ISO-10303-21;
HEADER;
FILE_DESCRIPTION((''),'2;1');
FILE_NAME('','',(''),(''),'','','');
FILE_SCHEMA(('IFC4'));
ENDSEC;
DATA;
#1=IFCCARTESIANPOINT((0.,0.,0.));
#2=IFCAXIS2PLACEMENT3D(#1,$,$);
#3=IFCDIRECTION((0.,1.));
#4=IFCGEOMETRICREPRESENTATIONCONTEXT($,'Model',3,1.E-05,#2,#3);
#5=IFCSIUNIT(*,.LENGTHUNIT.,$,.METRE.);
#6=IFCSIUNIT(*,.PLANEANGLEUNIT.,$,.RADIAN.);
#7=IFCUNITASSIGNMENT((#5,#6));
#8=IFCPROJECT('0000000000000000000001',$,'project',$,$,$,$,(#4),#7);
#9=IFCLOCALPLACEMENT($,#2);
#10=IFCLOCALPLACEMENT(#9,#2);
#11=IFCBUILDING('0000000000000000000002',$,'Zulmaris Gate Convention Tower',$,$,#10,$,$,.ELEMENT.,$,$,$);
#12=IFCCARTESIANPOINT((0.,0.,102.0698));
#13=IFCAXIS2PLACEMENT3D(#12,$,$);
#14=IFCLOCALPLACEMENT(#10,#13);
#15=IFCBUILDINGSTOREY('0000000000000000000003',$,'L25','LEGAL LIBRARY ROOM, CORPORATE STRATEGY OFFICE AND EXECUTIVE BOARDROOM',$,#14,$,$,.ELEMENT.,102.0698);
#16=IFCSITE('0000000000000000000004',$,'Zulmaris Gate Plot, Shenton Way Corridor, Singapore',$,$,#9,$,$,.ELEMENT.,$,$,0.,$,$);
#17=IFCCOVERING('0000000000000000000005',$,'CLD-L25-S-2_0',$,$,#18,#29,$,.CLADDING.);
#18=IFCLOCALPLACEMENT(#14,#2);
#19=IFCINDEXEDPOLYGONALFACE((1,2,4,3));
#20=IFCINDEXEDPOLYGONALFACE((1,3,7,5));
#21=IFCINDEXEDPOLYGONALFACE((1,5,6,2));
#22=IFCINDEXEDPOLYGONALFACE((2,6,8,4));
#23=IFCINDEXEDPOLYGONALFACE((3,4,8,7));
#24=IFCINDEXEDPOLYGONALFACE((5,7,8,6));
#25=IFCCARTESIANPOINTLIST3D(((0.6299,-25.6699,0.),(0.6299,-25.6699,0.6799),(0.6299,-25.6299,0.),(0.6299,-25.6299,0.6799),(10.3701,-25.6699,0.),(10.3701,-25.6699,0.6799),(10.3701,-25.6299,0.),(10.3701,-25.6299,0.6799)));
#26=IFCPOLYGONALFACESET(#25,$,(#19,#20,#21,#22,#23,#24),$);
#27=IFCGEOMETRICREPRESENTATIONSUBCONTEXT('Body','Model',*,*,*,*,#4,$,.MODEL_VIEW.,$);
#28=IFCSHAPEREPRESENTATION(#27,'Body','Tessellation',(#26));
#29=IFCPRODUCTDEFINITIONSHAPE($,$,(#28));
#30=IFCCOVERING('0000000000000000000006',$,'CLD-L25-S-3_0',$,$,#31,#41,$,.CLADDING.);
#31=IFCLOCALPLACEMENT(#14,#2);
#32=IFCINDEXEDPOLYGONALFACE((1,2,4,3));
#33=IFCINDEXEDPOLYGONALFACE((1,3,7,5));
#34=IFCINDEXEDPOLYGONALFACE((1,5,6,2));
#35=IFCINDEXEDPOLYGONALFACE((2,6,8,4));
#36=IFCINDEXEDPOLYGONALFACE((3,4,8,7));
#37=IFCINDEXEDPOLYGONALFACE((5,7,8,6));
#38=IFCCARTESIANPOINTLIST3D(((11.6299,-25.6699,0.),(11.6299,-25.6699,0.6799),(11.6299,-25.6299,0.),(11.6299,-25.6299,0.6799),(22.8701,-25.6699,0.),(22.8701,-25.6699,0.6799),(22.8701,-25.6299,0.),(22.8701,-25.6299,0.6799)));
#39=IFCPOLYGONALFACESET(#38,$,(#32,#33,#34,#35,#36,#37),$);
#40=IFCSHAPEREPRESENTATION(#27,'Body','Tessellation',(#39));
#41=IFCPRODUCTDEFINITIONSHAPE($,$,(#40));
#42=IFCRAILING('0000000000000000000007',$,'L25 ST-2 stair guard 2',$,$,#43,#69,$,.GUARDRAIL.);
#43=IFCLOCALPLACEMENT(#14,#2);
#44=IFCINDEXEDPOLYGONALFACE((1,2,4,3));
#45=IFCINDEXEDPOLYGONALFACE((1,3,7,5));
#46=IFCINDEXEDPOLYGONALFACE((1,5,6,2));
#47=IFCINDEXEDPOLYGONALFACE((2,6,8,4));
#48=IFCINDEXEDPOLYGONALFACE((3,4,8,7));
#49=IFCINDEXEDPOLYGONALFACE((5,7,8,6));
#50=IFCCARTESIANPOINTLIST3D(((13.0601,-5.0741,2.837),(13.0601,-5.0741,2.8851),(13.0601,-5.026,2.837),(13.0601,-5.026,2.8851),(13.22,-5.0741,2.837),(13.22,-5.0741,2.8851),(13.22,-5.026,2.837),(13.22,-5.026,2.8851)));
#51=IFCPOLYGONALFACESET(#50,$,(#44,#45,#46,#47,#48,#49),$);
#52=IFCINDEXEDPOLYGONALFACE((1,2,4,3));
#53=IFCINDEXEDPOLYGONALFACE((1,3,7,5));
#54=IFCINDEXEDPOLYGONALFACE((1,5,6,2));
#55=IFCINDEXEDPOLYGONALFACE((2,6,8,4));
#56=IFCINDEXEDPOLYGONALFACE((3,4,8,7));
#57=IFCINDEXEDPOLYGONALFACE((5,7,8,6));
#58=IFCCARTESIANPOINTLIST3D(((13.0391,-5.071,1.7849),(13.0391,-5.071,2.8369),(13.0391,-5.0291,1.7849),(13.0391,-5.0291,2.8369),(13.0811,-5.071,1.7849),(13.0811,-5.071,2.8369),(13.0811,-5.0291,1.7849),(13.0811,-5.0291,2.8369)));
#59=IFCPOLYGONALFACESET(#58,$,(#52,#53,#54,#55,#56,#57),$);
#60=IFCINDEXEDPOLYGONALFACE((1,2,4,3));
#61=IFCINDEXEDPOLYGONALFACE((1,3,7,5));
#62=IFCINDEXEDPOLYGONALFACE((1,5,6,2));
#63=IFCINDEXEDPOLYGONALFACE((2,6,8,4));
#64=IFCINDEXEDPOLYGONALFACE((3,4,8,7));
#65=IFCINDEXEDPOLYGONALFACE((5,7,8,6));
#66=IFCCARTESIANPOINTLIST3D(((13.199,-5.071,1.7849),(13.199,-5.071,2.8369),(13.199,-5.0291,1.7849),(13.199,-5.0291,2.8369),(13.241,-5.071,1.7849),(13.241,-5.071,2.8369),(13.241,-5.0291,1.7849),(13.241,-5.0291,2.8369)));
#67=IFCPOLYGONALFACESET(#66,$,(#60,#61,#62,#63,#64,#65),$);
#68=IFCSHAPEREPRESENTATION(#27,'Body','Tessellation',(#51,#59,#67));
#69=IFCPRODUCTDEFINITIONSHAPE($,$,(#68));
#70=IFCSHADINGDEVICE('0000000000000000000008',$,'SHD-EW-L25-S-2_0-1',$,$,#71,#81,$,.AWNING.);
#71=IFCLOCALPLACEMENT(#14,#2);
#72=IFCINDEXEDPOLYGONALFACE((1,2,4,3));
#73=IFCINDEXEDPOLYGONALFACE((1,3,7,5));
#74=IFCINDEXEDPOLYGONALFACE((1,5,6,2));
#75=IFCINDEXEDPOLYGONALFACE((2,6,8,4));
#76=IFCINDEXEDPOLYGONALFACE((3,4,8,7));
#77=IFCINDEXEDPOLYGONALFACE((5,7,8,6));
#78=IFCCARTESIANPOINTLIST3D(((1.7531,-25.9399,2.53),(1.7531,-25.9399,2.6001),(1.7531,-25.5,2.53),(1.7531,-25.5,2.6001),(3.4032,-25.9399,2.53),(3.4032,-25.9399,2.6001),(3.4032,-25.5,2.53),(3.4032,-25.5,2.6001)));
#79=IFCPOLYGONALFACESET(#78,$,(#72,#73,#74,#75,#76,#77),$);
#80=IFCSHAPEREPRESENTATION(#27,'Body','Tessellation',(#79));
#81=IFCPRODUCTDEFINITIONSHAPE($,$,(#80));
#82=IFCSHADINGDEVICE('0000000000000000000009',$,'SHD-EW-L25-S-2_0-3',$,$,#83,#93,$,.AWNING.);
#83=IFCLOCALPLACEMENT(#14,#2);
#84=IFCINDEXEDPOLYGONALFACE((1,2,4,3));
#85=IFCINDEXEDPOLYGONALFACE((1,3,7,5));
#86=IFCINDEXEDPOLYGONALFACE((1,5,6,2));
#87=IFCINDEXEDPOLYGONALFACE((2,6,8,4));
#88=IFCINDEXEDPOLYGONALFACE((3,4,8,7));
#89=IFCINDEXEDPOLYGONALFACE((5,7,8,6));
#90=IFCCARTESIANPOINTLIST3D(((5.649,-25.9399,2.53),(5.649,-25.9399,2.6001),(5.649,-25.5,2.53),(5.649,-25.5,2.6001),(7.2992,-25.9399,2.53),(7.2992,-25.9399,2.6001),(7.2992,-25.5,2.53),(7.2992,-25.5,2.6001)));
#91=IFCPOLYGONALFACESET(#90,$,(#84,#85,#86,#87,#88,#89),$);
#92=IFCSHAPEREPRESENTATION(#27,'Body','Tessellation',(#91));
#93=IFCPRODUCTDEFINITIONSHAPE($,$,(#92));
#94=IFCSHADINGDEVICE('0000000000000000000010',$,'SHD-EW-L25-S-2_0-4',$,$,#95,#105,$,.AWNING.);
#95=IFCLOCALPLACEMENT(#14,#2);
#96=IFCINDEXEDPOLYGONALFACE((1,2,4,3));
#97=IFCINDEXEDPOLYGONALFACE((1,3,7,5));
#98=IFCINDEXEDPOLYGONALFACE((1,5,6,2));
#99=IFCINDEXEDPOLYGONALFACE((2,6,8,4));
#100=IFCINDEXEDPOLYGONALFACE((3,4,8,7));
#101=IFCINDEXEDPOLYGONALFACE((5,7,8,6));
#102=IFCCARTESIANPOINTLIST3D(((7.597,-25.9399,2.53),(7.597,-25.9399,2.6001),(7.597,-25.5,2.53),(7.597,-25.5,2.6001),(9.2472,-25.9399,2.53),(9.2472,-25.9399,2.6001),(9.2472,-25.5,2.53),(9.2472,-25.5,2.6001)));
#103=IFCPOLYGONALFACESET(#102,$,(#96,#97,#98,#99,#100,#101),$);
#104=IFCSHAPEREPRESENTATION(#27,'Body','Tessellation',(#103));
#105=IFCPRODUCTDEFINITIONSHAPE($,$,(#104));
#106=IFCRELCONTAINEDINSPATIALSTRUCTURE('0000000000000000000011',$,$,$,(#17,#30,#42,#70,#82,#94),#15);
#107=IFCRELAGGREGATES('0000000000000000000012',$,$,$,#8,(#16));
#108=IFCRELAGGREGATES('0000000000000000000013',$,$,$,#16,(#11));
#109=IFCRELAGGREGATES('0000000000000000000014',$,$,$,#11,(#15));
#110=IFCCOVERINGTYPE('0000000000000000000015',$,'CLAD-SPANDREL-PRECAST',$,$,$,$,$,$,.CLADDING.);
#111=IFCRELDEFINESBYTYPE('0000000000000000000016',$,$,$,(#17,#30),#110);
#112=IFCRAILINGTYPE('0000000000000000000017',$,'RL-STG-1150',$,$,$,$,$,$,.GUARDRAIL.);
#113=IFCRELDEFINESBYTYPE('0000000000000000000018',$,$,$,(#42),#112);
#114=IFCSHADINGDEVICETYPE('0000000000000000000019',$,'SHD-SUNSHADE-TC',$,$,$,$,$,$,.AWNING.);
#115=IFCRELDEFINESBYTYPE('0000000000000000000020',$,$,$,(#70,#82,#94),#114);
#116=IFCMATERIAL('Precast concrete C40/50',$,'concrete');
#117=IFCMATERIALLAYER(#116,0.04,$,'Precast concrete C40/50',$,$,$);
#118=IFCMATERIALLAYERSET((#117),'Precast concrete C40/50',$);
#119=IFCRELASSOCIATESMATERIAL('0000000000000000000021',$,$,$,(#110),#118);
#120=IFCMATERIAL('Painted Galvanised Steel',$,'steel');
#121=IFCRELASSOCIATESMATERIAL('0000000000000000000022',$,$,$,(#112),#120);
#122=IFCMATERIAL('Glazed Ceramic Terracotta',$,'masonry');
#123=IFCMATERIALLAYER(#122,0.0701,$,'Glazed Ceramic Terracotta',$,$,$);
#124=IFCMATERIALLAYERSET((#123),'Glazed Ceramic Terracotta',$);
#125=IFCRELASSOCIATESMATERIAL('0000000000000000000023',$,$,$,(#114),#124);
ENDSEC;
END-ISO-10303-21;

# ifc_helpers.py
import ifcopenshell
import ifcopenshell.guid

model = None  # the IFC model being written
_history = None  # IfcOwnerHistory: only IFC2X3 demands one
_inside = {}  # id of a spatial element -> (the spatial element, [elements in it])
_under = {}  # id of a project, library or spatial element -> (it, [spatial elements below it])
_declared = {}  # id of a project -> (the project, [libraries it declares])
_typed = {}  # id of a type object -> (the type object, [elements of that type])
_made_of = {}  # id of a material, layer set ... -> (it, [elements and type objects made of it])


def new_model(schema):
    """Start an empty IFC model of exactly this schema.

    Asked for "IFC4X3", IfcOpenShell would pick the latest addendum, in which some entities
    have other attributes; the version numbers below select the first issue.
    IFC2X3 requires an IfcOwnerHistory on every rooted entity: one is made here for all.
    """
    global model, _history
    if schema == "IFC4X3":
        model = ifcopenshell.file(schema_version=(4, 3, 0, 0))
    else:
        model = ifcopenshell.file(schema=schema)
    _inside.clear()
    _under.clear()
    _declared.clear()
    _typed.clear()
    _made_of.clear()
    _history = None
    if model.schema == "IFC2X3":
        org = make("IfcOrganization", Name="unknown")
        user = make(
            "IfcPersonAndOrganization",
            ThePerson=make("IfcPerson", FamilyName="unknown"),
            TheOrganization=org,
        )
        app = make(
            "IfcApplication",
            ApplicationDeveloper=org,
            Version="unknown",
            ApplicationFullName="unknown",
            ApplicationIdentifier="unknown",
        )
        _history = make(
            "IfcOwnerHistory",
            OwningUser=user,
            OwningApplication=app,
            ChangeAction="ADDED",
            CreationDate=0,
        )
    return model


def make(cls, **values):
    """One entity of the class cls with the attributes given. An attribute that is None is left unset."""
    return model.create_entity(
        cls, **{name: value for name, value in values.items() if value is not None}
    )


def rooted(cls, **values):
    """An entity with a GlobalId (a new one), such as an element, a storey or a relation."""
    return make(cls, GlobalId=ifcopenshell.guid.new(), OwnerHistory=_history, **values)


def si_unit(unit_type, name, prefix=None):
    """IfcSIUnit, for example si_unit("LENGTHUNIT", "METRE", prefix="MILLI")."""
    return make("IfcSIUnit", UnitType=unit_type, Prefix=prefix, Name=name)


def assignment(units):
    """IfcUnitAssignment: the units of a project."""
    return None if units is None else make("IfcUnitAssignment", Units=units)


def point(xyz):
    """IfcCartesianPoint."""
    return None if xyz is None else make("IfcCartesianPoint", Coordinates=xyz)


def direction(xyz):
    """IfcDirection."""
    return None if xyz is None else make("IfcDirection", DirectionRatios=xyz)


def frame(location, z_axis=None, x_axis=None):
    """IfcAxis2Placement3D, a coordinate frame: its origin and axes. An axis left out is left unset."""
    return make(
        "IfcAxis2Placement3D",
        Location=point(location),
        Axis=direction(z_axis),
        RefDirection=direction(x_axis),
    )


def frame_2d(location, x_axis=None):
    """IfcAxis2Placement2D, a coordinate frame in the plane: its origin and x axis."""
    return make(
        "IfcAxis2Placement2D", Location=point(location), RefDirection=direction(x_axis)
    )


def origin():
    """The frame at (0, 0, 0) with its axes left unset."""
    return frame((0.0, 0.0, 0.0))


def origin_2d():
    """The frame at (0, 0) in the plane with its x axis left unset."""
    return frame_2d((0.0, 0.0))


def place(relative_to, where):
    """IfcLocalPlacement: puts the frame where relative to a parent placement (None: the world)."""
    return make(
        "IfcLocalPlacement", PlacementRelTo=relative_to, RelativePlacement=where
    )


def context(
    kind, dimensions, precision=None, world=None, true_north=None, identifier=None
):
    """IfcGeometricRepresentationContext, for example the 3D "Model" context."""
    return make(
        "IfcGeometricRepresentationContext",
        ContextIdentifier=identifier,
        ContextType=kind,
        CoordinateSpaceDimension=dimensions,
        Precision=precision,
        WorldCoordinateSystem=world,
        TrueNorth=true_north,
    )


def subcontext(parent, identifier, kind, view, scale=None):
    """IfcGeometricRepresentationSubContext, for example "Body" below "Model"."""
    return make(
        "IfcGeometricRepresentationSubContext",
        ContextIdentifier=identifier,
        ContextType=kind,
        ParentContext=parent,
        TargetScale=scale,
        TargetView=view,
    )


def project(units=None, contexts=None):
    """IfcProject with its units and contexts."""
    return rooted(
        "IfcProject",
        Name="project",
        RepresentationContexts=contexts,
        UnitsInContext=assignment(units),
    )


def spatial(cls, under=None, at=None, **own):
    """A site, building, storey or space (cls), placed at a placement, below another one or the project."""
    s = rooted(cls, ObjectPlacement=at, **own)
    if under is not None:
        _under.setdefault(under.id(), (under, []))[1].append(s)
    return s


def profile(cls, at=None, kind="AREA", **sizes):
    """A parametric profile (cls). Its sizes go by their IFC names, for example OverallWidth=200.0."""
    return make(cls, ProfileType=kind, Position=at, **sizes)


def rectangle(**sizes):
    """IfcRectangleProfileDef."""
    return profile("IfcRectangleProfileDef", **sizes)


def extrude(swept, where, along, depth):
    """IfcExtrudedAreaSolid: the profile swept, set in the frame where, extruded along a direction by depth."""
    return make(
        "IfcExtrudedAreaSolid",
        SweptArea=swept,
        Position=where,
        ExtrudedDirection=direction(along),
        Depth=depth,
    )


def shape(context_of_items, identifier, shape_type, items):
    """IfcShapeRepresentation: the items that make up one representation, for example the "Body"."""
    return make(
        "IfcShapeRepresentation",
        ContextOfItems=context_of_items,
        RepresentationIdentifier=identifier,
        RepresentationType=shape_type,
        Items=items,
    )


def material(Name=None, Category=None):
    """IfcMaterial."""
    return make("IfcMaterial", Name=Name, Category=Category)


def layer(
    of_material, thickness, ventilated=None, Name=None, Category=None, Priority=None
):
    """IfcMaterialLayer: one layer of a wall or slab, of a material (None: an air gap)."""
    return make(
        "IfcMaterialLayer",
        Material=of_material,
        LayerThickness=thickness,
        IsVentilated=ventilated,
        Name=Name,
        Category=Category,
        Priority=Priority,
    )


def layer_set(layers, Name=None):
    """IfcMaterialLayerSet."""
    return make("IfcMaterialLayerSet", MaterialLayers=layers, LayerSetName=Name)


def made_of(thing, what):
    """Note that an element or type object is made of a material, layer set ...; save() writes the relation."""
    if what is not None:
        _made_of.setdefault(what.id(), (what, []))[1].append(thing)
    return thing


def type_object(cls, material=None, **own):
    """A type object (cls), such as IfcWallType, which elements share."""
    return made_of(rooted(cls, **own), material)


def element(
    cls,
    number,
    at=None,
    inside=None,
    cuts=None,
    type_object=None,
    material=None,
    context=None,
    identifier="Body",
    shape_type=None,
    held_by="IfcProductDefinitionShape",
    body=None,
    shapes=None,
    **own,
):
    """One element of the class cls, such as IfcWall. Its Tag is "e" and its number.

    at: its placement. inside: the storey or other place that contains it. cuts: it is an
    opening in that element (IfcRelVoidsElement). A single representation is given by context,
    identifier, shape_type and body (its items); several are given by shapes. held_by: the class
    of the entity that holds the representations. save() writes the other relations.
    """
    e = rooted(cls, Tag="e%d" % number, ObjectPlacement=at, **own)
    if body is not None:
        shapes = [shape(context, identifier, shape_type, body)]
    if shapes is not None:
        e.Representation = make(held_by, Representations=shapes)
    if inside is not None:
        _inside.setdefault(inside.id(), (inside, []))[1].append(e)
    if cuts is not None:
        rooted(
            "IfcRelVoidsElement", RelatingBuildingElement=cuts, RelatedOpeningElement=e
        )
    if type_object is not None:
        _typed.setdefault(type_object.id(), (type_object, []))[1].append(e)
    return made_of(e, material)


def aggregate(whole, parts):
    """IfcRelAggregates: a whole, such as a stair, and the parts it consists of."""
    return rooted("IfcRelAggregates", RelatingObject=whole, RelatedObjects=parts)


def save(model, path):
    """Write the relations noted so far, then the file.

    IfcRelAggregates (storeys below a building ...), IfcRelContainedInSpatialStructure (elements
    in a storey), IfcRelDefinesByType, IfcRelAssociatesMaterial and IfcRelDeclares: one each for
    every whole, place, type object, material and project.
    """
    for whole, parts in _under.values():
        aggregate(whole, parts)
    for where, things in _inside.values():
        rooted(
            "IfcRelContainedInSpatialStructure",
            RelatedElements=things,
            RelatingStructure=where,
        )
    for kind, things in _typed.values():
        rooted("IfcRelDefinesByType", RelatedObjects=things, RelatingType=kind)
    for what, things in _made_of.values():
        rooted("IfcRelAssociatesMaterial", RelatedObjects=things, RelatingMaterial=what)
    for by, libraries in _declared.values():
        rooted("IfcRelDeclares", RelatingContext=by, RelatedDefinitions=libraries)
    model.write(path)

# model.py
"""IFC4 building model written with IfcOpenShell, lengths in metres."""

from ifc_helpers import new_model, si_unit, direction, frame, frame_2d, origin, origin_2d, place, context, subcontext, project, spatial, rectangle, extrude, material, layer, layer_set, type_object, element, save


model = new_model("IFC4")

# Units and contexts
model_context = context("Model", 3, precision=1e-05, world=origin(), true_north=direction((0.0, 1.0)))
body_context = subcontext(model_context, "Body", "Model", "MODEL_VIEW")
ifc_project = project(units=[si_unit("LENGTHUNIT", "METRE"), si_unit("PLANEANGLEUNIT", "RADIAN")], contexts=[model_context])

# Site, building, storey
site_placement = place(None, origin())
site = spatial("IfcSite", under=ifc_project, at=site_placement, Name="Zulmaris Gate Plot, Shenton Way Corridor, Singapore", CompositionType="ELEMENT", RefElevation=0.0)
building_placement = place(site_placement, origin())
building = spatial("IfcBuilding", under=site, at=building_placement, Name="Zulmaris Gate Convention Tower", CompositionType="ELEMENT")
storey_placement = place(building_placement, frame((0.0, 0.0, 102.0698)))
storey = spatial("IfcBuildingStorey", under=building, at=storey_placement, Name="L25", Description="LEGAL LIBRARY ROOM, CORPORATE STRATEGY OFFICE AND EXECUTIVE BOARDROOM", CompositionType="ELEMENT", Elevation=102.0698)

# Shared definitions
ifc_material_1 = material(Name="Precast concrete C40/50", Category="concrete")

# Coverings
ifc_layer_1 = layer(ifc_material_1, 0.04, Name="Precast concrete C40/50")
ifc_layer_set_1 = layer_set([ifc_layer_1], Name="Precast concrete C40/50")
covering_type = type_object("IfcCoveringType", Name="CLAD-SPANDREL-PRECAST", PredefinedType="CLADDING", material=ifc_layer_set_1)
covering_1_placement = place(storey_placement, frame((0.6299, -25.6499, 0.0), z_axis=(0.0, 0.0, 1.0), x_axis=(1.0, 0.0, 0.0)))
element("IfcCovering", 1, at=covering_1_placement, inside=storey, type_object=covering_type, Name="CLD-L25-S-2_0", PredefinedType="CLADDING", context=body_context, shape_type="SweptSolid", body=[
    extrude(rectangle(XDim=9.7402, YDim=0.04, at=frame_2d((4.8701, 0.0))), origin(), (0.0, 0.0, 1.0), 0.6799),
])
covering_2_placement = place(storey_placement, frame((11.6299, -25.6499, 0.0), z_axis=(0.0, 0.0, 1.0), x_axis=(1.0, 0.0, 0.0)))
element("IfcCovering", 2, at=covering_2_placement, inside=storey, type_object=covering_type, Name="CLD-L25-S-3_0", PredefinedType="CLADDING", context=body_context, shape_type="SweptSolid", body=[
    extrude(rectangle(XDim=11.2402, YDim=0.04, at=frame_2d((5.6201, 0.0))), origin(), (0.0, 0.0, 1.0), 0.6799),
])

# Railing
ifc_material_2 = material(Name="Painted Galvanised Steel", Category="steel")
railing_type = type_object("IfcRailingType", Name="RL-STG-1150", PredefinedType="GUARDRAIL", material=ifc_material_2)
railing_placement = place(storey_placement, frame((13.0601, -5.05, 1.7849)))
element("IfcRailing", 3, at=railing_placement, inside=storey, type_object=railing_type, Name="L25 ST-2 stair guard 2", PredefinedType="GUARDRAIL", context=body_context, shape_type="SweptSolid", body=[
    extrude(rectangle(XDim=0.0481, YDim=0.0481, at=origin_2d()), frame((0.0, 0.0, 1.0762), z_axis=(1.0, 0.0, 0.0), x_axis=(0.0, 1.0, 0.0)), (0.0, 0.0, 1.0), 0.1599),
    extrude(rectangle(XDim=0.042, YDim=0.042, at=origin_2d()), origin(), (0.0, 0.0, 1.0), 1.052),
    extrude(rectangle(XDim=0.042, YDim=0.042, at=origin_2d()), frame((0.1599, 0.0, 0.0)), (0.0, 0.0, 1.0), 1.052),
])

# Shading devices
ifc_material_3 = material(Name="Glazed Ceramic Terracotta", Category="masonry")
ifc_layer_2 = layer(ifc_material_3, 0.0701, Name="Glazed Ceramic Terracotta")
ifc_layer_set_2 = layer_set([ifc_layer_2], Name="Glazed Ceramic Terracotta")
shading_device_type = type_object("IfcShadingDeviceType", Name="SHD-SUNSHADE-TC", PredefinedType="AWNING", material=ifc_layer_set_2)
for number, where, z_axis, x_axis, name in (
    (4, (1.7529, -25.72, 2.53), (0.0, 0.0, 1.0), (1.0, 0.0, 0.0), "SHD-EW-L25-S-2_0-1"),
    (5, (5.6489, -25.72, 2.53), (0.0, 0.0, 1.0), (1.0, 0.0, 0.0), "SHD-EW-L25-S-2_0-3"),
    (6, (7.5969, -25.72, 2.53), (0.0, 0.0, 1.0), (1.0, 0.0, 0.0), "SHD-EW-L25-S-2_0-4"),
):
    element("IfcShadingDevice", number, at=place(storey_placement, frame(where, z_axis=z_axis, x_axis=x_axis)), inside=storey, type_object=shading_device_type, Name=name, PredefinedType="AWNING", context=body_context, shape_type="SweptSolid", body=[
        extrude(rectangle(XDim=1.6501, YDim=0.4399, at=frame_2d((0.8252, 0.0))), origin(), (0.0, 0.0, 1.0), 0.0701),
    ])

save(model, "model.ifc")
